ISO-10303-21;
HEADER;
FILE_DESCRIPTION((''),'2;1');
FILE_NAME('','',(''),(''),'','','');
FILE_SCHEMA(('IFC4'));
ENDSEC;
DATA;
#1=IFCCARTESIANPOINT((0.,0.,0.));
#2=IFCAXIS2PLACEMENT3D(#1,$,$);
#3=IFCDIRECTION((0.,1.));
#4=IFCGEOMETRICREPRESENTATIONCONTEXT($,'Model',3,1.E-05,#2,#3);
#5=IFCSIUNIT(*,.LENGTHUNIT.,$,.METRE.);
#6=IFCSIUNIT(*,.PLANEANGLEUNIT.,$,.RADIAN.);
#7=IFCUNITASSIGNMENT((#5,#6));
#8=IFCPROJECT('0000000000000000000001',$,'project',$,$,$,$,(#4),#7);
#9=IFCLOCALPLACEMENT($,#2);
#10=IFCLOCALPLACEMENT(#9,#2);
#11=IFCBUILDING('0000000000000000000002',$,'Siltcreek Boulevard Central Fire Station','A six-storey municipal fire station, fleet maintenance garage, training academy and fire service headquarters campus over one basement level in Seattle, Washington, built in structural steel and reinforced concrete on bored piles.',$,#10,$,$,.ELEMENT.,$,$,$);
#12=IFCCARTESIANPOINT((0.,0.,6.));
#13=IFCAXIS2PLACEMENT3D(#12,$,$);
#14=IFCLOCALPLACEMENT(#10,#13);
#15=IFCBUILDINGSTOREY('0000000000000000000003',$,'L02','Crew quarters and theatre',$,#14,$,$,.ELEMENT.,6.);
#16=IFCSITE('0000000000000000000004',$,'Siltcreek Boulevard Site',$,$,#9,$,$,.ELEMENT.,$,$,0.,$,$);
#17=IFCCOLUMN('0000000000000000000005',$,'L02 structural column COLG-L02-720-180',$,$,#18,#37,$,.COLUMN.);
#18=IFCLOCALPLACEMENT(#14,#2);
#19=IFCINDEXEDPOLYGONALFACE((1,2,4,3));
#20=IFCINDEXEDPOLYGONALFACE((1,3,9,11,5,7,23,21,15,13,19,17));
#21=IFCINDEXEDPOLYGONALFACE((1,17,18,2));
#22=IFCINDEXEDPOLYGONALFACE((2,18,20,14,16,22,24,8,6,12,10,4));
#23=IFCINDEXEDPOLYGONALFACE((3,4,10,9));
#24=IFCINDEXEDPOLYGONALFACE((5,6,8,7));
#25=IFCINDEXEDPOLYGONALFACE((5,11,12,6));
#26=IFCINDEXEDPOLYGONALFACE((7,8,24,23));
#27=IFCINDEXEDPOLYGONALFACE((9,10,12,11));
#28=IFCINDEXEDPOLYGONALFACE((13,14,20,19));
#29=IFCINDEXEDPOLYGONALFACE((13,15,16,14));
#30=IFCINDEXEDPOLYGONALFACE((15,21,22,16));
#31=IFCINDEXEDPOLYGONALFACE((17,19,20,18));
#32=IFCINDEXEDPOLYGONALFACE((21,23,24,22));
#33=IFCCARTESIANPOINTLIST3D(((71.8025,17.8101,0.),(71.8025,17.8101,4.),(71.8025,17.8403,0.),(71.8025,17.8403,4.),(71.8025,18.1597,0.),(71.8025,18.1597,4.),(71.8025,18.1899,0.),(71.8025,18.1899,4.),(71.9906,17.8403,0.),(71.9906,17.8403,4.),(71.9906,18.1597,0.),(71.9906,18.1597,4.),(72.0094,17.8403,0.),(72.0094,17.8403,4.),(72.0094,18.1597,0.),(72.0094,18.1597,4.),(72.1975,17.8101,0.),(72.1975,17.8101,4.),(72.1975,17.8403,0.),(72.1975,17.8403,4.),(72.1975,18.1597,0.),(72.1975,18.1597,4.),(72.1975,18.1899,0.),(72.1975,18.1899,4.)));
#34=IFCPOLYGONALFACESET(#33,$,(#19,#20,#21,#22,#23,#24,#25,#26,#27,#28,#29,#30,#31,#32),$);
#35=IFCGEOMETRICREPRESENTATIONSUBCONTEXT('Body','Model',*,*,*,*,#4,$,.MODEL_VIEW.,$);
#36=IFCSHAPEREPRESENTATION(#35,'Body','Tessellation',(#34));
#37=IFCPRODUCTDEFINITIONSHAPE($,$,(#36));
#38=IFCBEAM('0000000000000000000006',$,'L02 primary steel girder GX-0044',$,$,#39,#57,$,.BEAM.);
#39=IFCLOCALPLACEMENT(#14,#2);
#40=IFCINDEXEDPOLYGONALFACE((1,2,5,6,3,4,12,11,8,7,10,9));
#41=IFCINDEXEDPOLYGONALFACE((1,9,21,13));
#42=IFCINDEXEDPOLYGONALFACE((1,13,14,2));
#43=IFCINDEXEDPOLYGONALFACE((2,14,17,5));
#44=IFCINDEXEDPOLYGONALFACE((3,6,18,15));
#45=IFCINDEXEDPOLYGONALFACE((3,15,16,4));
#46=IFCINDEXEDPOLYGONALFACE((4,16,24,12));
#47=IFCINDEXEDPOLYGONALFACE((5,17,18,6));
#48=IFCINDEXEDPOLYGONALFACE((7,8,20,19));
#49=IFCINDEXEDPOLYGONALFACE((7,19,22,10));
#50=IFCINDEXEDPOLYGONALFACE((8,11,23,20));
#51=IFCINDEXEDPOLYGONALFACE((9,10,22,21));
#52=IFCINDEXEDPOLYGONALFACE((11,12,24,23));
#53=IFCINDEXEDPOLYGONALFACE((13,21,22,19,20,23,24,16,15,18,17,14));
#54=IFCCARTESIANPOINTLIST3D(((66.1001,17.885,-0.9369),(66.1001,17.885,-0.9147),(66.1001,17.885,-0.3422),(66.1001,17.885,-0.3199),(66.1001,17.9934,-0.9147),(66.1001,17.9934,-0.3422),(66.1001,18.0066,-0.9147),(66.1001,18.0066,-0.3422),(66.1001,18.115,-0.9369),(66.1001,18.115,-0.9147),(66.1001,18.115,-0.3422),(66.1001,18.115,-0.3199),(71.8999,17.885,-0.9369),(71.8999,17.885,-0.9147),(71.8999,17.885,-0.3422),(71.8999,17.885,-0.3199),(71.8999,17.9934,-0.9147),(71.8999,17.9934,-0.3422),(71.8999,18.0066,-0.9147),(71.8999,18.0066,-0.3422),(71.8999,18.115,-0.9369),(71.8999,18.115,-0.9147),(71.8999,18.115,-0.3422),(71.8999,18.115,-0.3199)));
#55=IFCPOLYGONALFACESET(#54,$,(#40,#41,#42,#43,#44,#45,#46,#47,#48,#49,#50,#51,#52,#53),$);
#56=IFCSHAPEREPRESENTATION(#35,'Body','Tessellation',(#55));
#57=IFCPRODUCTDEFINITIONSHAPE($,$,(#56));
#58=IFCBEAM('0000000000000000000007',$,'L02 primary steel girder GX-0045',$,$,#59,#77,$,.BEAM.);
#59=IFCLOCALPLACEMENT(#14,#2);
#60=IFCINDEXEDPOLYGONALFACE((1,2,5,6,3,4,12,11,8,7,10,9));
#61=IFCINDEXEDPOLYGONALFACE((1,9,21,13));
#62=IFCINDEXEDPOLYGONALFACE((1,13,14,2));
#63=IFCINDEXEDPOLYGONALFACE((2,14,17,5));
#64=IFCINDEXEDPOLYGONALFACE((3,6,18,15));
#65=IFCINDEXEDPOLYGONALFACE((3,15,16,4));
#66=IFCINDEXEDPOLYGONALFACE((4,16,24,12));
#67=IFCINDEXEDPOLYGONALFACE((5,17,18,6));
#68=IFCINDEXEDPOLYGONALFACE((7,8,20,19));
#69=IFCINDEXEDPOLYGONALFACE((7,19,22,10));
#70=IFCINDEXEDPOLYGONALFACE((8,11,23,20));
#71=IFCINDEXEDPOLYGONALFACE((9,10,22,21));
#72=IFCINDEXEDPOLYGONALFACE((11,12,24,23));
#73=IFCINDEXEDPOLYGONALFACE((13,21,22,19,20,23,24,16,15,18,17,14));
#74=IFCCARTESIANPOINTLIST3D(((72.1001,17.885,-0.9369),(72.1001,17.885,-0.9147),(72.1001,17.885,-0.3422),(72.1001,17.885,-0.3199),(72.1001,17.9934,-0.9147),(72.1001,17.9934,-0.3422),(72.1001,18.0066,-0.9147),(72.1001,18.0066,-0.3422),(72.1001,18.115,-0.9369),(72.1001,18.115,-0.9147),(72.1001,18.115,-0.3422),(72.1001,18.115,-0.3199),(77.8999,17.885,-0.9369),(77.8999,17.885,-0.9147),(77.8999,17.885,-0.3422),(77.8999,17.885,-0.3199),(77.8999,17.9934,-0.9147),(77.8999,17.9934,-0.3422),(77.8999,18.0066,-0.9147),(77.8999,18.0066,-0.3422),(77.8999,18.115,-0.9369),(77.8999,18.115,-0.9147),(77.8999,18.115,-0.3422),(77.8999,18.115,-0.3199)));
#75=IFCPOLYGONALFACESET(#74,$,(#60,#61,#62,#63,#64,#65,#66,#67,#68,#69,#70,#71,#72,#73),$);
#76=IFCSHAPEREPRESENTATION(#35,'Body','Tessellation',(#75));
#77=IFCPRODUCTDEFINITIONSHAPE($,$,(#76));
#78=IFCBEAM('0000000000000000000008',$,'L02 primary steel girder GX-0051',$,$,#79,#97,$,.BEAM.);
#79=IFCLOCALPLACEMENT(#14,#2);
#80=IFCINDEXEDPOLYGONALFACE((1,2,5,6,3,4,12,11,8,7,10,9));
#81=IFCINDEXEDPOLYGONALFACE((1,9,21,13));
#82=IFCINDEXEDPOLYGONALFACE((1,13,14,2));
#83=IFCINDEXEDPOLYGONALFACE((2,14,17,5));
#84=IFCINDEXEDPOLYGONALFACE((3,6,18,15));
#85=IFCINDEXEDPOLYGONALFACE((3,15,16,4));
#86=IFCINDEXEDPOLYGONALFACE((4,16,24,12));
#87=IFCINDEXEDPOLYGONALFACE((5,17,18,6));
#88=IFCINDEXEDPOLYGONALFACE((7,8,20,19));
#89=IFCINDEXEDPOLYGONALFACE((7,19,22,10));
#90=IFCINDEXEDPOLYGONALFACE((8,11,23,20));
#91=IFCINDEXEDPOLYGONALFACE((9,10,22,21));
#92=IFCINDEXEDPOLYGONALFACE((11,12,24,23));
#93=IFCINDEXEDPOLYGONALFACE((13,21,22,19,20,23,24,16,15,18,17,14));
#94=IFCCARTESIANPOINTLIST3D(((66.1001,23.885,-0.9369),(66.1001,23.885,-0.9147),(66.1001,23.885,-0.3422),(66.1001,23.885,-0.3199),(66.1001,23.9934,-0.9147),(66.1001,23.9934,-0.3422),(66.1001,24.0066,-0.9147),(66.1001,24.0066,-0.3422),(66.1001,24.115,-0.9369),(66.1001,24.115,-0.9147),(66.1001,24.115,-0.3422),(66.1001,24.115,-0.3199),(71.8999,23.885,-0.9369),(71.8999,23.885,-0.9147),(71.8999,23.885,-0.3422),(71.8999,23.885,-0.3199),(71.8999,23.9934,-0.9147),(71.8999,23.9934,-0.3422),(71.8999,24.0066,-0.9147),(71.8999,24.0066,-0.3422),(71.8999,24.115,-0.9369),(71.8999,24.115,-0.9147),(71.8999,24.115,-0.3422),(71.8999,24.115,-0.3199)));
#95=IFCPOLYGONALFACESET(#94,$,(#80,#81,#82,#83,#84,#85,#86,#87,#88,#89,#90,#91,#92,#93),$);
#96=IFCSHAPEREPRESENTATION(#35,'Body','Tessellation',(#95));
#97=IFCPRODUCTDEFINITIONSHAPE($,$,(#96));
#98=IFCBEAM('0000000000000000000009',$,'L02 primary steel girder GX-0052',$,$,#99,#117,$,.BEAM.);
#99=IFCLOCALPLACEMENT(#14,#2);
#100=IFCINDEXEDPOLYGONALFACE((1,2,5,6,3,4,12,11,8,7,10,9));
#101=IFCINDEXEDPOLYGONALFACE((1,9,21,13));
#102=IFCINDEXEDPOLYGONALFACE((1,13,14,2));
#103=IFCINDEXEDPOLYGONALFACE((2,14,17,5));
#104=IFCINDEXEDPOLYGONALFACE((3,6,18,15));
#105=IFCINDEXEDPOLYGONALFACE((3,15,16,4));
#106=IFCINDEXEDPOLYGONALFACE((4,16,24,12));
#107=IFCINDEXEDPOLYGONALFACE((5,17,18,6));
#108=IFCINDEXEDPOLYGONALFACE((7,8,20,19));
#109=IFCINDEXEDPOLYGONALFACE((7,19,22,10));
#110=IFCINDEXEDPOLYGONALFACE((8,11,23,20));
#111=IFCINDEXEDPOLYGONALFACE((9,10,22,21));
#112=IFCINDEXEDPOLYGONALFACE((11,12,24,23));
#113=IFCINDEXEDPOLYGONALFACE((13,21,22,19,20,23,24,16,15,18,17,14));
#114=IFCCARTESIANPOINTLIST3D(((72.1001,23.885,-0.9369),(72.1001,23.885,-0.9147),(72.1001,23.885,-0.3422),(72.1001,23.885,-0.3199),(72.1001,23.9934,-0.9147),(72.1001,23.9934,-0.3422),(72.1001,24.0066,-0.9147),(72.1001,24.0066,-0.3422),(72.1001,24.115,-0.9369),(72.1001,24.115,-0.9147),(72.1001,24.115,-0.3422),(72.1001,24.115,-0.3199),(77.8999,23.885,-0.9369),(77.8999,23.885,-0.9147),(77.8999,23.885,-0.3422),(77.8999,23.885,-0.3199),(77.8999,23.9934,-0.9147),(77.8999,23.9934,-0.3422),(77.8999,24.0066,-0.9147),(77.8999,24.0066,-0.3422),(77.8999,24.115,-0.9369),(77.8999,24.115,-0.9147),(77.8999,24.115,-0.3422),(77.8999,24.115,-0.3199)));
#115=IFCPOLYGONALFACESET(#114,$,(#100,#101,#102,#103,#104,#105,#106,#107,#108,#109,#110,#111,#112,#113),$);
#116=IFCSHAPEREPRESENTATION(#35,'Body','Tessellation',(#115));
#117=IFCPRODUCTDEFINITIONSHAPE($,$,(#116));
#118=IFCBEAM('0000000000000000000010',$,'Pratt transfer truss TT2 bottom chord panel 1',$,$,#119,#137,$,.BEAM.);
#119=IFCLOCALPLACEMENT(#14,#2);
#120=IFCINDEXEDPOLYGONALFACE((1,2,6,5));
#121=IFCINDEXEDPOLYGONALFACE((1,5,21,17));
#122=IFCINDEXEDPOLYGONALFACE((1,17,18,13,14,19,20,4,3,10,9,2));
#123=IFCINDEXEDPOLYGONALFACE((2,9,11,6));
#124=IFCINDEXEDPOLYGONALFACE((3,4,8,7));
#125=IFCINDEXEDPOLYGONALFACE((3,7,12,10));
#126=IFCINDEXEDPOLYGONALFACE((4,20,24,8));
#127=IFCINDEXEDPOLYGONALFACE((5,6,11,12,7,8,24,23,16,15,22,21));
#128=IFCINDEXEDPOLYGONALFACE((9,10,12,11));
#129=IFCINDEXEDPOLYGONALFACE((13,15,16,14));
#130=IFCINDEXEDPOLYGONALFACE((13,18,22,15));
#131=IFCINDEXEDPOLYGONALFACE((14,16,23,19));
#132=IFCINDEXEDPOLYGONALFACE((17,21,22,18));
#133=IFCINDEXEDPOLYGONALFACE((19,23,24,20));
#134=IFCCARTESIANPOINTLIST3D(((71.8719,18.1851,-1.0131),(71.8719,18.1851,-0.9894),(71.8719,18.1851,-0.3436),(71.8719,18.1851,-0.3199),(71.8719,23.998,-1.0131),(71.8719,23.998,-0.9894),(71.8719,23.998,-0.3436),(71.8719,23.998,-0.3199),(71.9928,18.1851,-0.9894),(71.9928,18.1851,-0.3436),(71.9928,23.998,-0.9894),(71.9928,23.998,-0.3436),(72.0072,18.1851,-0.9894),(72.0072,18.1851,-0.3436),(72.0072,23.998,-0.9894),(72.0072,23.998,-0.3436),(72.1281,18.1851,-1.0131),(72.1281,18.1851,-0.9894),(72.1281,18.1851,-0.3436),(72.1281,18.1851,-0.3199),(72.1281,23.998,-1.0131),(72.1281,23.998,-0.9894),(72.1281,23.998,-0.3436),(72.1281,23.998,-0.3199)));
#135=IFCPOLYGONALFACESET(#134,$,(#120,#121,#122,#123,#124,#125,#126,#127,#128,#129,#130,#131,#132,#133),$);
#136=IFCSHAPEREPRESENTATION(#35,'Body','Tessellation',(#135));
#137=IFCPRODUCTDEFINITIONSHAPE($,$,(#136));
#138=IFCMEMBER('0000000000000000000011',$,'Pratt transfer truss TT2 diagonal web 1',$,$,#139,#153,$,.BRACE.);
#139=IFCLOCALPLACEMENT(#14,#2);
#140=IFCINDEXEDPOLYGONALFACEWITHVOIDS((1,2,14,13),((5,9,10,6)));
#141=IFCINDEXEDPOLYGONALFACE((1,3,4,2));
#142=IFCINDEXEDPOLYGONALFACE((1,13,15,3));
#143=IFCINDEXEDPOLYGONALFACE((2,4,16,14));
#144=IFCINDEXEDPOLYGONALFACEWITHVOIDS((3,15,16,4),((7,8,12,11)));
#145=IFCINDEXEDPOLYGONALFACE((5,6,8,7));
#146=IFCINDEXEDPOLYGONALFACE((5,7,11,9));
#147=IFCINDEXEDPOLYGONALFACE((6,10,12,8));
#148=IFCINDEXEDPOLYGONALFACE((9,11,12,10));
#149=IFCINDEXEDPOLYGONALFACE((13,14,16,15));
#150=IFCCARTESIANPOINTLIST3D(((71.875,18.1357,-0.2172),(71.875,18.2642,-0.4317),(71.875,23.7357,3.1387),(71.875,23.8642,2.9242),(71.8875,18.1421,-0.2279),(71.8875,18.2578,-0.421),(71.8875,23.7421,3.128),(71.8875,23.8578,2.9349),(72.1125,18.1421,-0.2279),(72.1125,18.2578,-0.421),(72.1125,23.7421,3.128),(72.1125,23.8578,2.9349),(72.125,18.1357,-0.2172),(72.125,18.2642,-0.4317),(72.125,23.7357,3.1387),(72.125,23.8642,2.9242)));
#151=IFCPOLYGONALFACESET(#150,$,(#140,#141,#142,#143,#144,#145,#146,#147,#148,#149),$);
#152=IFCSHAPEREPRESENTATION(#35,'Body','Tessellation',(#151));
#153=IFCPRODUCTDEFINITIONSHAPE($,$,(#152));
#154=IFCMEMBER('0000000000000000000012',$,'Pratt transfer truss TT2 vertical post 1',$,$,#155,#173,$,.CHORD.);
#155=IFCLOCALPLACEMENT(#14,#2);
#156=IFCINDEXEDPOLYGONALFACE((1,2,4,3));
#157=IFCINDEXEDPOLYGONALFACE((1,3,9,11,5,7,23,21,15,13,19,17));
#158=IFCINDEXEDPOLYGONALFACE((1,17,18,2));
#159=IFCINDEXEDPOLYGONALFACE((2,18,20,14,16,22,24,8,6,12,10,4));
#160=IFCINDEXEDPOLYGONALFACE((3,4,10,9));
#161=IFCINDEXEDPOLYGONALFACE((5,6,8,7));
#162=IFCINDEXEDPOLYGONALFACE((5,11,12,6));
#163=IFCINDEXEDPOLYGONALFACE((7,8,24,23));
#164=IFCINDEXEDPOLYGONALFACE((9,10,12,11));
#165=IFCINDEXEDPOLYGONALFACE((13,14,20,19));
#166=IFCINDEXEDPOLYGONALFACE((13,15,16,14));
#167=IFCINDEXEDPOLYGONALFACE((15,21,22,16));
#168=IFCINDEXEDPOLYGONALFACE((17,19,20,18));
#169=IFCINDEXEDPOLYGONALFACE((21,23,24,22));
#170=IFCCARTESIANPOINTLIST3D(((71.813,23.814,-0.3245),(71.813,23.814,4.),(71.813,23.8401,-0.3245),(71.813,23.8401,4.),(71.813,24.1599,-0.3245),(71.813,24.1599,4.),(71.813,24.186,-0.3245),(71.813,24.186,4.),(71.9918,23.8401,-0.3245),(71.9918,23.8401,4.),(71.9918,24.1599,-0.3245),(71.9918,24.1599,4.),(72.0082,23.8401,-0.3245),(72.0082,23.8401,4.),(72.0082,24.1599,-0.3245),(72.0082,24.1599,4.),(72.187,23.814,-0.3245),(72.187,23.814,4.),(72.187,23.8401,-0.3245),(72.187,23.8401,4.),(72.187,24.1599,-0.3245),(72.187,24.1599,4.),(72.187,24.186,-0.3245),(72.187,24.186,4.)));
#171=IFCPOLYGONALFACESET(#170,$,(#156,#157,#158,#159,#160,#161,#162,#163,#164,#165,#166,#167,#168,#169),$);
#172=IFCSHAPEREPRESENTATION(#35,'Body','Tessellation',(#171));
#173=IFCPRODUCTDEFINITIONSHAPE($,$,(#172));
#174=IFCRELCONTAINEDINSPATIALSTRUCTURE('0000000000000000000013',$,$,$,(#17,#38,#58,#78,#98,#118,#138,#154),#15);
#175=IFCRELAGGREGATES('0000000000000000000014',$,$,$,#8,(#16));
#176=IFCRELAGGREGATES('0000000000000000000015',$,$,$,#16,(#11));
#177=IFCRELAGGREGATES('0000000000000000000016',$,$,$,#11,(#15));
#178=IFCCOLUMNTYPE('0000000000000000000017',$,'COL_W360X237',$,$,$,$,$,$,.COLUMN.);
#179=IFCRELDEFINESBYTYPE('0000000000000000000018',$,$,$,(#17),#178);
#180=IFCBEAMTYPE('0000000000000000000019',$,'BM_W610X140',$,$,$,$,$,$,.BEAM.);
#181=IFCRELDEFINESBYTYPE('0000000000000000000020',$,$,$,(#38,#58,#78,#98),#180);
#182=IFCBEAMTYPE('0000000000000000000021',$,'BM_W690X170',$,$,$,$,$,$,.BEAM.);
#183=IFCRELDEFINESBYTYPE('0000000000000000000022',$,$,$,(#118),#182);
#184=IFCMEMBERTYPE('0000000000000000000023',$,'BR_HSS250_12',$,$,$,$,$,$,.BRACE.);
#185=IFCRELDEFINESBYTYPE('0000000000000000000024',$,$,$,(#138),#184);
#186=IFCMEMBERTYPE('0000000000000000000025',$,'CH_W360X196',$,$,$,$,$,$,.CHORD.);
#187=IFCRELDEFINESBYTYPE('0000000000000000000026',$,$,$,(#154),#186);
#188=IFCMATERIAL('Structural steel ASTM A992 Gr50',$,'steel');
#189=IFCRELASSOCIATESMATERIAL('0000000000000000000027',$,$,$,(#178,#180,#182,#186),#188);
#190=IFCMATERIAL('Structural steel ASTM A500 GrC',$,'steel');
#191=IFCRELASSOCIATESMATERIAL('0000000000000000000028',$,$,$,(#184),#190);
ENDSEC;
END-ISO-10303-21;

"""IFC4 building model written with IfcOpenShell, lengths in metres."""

from ifc_helpers import new_model, si_unit, direction, frame, origin, origin_2d, place, context, subcontext, project, spatial, hollow_rectangle, i_section, extrude, material, material_profile, profile_set, type_object, element, save


model = new_model("IFC4")

# Units and contexts
model_context = context("Model", 3, precision=1e-05, world=origin(), true_north=direction((0.0, 1.0)))
body_context = subcontext(model_context, "Body", "Model", "MODEL_VIEW")
ifc_project = project(units=[si_unit("LENGTHUNIT", "METRE"), si_unit("PLANEANGLEUNIT", "RADIAN")], contexts=[model_context])

# Site, building, storey
site_placement = place(None, origin())
site = spatial("IfcSite", under=ifc_project, at=site_placement, Name="Siltcreek Boulevard Site", CompositionType="ELEMENT", RefElevation=0.0)
building_placement = place(site_placement, origin())
building = spatial("IfcBuilding", under=site, at=building_placement, Name="Siltcreek Boulevard Central Fire Station", Description="A six-storey municipal fire station, fleet maintenance garage, training academy and fire service headquarters campus over one basement level in Seattle, Washington, built in structural steel and reinforced concrete on bored piles.", CompositionType="ELEMENT")
storey_placement = place(building_placement, frame((0.0, 0.0, 6.0)))
storey = spatial("IfcBuildingStorey", under=building, at=storey_placement, Name="L02", Description="Crew quarters and theatre", CompositionType="ELEMENT", Elevation=6.0)

# Column
ifc_material_1 = material(Name="Structural steel ASTM A992 Gr50", Category="steel")
ifc_material_profile_1 = material_profile(ifc_material_1, i_section(OverallWidth=0.395, OverallDepth=0.3799, WebThickness=0.0188, FlangeThickness=0.0303, at=origin_2d()), Name="W360X237")
ifc_profile_set_1 = profile_set([ifc_material_profile_1], Name="Structural steel ASTM A992 Gr50")
column_type = type_object("IfcColumnType", Name="COL_W360X237", PredefinedType="COLUMN", material=ifc_profile_set_1)
column_placement = place(storey_placement, frame((72.0, 18.0, 0.0), z_axis=(0.0, 0.0, 1.0), x_axis=(1.0, 0.0, 0.0)))
element("IfcColumn", 1, at=column_placement, inside=storey, type_object=column_type, Name="L02 structural column COLG-L02-720-180", PredefinedType="COLUMN", context=body_context, shape_type="SweptSolid", body=[
    extrude(i_section(OverallWidth=0.395, OverallDepth=0.3799, WebThickness=0.0188, FlangeThickness=0.0303, at=origin_2d()), origin(), (0.0, 0.0, 1.0), 4.0),
])

# Beams
ifc_material_profile_2 = material_profile(ifc_material_1, i_section(OverallWidth=0.23, OverallDepth=0.6169, WebThickness=0.0132, FlangeThickness=0.0222, at=origin_2d()), Name="W610X140")
ifc_profile_set_2 = profile_set([ifc_material_profile_2], Name="Structural steel ASTM A992 Gr50")
beam_type_1 = type_object("IfcBeamType", Name="BM_W610X140", PredefinedType="BEAM", material=ifc_profile_set_2)
for number, where, z_axis, x_axis, name in (
    (2, (66.1001, 18.0, -0.6284), (1.0, 0.0, 0.0), (0.0, 1.0, 0.0), "L02 primary steel girder GX-0044"),
    (3, (72.1001, 18.0, -0.6284), (1.0, 0.0, 0.0), (0.0, 1.0, 0.0), "L02 primary steel girder GX-0045"),
    (4, (66.1001, 24.0, -0.6284), (1.0, 0.0, 0.0), (0.0, 1.0, 0.0), "L02 primary steel girder GX-0051"),
    (5, (72.1001, 24.0, -0.6284), (1.0, 0.0, 0.0), (0.0, 1.0, 0.0), "L02 primary steel girder GX-0052"),
):
    element("IfcBeam", number, at=place(storey_placement, frame(where, z_axis=z_axis, x_axis=x_axis)), inside=storey, type_object=beam_type_1, Name=name, PredefinedType="BEAM", context=body_context, shape_type="SweptSolid", body=[
        extrude(i_section(OverallWidth=0.23, OverallDepth=0.6169, WebThickness=0.0132, FlangeThickness=0.0222, at=origin_2d()), origin(), (0.0, 0.0, 1.0), 5.7998),
    ])
ifc_material_profile_3 = material_profile(ifc_material_1, i_section(OverallWidth=0.2561, OverallDepth=0.6931, WebThickness=0.0144, FlangeThickness=0.0237, at=origin_2d()), Name="W690X170")
ifc_profile_set_3 = profile_set([ifc_material_profile_3], Name="Structural steel ASTM A992 Gr50")
beam_type_2 = type_object("IfcBeamType", Name="BM_W690X170", PredefinedType="BEAM", material=ifc_profile_set_3)
beam_1_placement = place(storey_placement, frame((72.0, 18.1851, -0.6665), z_axis=(0.0, 1.0, 0.0), x_axis=(-1.0, 0.0, 0.0)))
element("IfcBeam", 6, at=beam_1_placement, inside=storey, type_object=beam_type_2, Name="Pratt transfer truss TT2 bottom chord panel 1", PredefinedType="BEAM", context=body_context, shape_type="SweptSolid", body=[
    extrude(i_section(OverallWidth=0.2561, OverallDepth=0.6931, WebThickness=0.0144, FlangeThickness=0.0237, at=origin_2d()), origin(), (0.0, 0.0, 1.0), 5.813),
])

# Members
ifc_material_2 = material(Name="Structural steel ASTM A500 GrC", Category="steel")
ifc_material_profile_4 = material_profile(ifc_material_2, hollow_rectangle(XDim=0.25, YDim=0.25, WallThickness=0.0125, at=origin_2d()), Name="HSS250X250X12.5")
ifc_profile_set_4 = profile_set([ifc_material_profile_4], Name="Structural steel ASTM A500 GrC")
member_type_1 = type_object("IfcMemberType", Name="BR_HSS250_12", PredefinedType="BRACE", material=ifc_profile_set_4)
member_1_placement = place(storey_placement, frame((72.0, 18.2, -0.3245), z_axis=(0.0, 0.85777, 0.514034), x_axis=(-1.0, 0.0, 0.0)))
element("IfcMember", 7, at=member_1_placement, inside=storey, type_object=member_type_1, Name="Pratt transfer truss TT2 diagonal web 1", PredefinedType="BRACE", context=body_context, shape_type="SweptSolid", body=[
    extrude(hollow_rectangle(XDim=0.25, YDim=0.25, WallThickness=0.0125, at=origin_2d()), origin(), (0.0, 0.0, 1.0), 6.5286),
])
ifc_material_profile_5 = material_profile(ifc_material_1, i_section(OverallWidth=0.374, OverallDepth=0.3721, WebThickness=0.0164, FlangeThickness=0.0261, at=origin_2d()), Name="W360X196")
ifc_profile_set_5 = profile_set([ifc_material_profile_5], Name="Structural steel ASTM A992 Gr50")
member_type_2 = type_object("IfcMemberType", Name="CH_W360X196", PredefinedType="CHORD", material=ifc_profile_set_5)
member_2_placement = place(storey_placement, frame((72.0, 24.0, -0.3245), z_axis=(0.0, 0.0, 1.0), x_axis=(1.0, 0.0, 0.0)))
element("IfcMember", 8, at=member_2_placement, inside=storey, type_object=member_type_2, Name="Pratt transfer truss TT2 vertical post 1", PredefinedType="CHORD", context=body_context, shape_type="SweptSolid", body=[
    extrude(i_section(OverallWidth=0.374, OverallDepth=0.3721, WebThickness=0.0164, FlangeThickness=0.0261, at=origin_2d()), origin(), (0.0, 0.0, 1.0), 4.3245),
])

save(model, "model.ifc")
